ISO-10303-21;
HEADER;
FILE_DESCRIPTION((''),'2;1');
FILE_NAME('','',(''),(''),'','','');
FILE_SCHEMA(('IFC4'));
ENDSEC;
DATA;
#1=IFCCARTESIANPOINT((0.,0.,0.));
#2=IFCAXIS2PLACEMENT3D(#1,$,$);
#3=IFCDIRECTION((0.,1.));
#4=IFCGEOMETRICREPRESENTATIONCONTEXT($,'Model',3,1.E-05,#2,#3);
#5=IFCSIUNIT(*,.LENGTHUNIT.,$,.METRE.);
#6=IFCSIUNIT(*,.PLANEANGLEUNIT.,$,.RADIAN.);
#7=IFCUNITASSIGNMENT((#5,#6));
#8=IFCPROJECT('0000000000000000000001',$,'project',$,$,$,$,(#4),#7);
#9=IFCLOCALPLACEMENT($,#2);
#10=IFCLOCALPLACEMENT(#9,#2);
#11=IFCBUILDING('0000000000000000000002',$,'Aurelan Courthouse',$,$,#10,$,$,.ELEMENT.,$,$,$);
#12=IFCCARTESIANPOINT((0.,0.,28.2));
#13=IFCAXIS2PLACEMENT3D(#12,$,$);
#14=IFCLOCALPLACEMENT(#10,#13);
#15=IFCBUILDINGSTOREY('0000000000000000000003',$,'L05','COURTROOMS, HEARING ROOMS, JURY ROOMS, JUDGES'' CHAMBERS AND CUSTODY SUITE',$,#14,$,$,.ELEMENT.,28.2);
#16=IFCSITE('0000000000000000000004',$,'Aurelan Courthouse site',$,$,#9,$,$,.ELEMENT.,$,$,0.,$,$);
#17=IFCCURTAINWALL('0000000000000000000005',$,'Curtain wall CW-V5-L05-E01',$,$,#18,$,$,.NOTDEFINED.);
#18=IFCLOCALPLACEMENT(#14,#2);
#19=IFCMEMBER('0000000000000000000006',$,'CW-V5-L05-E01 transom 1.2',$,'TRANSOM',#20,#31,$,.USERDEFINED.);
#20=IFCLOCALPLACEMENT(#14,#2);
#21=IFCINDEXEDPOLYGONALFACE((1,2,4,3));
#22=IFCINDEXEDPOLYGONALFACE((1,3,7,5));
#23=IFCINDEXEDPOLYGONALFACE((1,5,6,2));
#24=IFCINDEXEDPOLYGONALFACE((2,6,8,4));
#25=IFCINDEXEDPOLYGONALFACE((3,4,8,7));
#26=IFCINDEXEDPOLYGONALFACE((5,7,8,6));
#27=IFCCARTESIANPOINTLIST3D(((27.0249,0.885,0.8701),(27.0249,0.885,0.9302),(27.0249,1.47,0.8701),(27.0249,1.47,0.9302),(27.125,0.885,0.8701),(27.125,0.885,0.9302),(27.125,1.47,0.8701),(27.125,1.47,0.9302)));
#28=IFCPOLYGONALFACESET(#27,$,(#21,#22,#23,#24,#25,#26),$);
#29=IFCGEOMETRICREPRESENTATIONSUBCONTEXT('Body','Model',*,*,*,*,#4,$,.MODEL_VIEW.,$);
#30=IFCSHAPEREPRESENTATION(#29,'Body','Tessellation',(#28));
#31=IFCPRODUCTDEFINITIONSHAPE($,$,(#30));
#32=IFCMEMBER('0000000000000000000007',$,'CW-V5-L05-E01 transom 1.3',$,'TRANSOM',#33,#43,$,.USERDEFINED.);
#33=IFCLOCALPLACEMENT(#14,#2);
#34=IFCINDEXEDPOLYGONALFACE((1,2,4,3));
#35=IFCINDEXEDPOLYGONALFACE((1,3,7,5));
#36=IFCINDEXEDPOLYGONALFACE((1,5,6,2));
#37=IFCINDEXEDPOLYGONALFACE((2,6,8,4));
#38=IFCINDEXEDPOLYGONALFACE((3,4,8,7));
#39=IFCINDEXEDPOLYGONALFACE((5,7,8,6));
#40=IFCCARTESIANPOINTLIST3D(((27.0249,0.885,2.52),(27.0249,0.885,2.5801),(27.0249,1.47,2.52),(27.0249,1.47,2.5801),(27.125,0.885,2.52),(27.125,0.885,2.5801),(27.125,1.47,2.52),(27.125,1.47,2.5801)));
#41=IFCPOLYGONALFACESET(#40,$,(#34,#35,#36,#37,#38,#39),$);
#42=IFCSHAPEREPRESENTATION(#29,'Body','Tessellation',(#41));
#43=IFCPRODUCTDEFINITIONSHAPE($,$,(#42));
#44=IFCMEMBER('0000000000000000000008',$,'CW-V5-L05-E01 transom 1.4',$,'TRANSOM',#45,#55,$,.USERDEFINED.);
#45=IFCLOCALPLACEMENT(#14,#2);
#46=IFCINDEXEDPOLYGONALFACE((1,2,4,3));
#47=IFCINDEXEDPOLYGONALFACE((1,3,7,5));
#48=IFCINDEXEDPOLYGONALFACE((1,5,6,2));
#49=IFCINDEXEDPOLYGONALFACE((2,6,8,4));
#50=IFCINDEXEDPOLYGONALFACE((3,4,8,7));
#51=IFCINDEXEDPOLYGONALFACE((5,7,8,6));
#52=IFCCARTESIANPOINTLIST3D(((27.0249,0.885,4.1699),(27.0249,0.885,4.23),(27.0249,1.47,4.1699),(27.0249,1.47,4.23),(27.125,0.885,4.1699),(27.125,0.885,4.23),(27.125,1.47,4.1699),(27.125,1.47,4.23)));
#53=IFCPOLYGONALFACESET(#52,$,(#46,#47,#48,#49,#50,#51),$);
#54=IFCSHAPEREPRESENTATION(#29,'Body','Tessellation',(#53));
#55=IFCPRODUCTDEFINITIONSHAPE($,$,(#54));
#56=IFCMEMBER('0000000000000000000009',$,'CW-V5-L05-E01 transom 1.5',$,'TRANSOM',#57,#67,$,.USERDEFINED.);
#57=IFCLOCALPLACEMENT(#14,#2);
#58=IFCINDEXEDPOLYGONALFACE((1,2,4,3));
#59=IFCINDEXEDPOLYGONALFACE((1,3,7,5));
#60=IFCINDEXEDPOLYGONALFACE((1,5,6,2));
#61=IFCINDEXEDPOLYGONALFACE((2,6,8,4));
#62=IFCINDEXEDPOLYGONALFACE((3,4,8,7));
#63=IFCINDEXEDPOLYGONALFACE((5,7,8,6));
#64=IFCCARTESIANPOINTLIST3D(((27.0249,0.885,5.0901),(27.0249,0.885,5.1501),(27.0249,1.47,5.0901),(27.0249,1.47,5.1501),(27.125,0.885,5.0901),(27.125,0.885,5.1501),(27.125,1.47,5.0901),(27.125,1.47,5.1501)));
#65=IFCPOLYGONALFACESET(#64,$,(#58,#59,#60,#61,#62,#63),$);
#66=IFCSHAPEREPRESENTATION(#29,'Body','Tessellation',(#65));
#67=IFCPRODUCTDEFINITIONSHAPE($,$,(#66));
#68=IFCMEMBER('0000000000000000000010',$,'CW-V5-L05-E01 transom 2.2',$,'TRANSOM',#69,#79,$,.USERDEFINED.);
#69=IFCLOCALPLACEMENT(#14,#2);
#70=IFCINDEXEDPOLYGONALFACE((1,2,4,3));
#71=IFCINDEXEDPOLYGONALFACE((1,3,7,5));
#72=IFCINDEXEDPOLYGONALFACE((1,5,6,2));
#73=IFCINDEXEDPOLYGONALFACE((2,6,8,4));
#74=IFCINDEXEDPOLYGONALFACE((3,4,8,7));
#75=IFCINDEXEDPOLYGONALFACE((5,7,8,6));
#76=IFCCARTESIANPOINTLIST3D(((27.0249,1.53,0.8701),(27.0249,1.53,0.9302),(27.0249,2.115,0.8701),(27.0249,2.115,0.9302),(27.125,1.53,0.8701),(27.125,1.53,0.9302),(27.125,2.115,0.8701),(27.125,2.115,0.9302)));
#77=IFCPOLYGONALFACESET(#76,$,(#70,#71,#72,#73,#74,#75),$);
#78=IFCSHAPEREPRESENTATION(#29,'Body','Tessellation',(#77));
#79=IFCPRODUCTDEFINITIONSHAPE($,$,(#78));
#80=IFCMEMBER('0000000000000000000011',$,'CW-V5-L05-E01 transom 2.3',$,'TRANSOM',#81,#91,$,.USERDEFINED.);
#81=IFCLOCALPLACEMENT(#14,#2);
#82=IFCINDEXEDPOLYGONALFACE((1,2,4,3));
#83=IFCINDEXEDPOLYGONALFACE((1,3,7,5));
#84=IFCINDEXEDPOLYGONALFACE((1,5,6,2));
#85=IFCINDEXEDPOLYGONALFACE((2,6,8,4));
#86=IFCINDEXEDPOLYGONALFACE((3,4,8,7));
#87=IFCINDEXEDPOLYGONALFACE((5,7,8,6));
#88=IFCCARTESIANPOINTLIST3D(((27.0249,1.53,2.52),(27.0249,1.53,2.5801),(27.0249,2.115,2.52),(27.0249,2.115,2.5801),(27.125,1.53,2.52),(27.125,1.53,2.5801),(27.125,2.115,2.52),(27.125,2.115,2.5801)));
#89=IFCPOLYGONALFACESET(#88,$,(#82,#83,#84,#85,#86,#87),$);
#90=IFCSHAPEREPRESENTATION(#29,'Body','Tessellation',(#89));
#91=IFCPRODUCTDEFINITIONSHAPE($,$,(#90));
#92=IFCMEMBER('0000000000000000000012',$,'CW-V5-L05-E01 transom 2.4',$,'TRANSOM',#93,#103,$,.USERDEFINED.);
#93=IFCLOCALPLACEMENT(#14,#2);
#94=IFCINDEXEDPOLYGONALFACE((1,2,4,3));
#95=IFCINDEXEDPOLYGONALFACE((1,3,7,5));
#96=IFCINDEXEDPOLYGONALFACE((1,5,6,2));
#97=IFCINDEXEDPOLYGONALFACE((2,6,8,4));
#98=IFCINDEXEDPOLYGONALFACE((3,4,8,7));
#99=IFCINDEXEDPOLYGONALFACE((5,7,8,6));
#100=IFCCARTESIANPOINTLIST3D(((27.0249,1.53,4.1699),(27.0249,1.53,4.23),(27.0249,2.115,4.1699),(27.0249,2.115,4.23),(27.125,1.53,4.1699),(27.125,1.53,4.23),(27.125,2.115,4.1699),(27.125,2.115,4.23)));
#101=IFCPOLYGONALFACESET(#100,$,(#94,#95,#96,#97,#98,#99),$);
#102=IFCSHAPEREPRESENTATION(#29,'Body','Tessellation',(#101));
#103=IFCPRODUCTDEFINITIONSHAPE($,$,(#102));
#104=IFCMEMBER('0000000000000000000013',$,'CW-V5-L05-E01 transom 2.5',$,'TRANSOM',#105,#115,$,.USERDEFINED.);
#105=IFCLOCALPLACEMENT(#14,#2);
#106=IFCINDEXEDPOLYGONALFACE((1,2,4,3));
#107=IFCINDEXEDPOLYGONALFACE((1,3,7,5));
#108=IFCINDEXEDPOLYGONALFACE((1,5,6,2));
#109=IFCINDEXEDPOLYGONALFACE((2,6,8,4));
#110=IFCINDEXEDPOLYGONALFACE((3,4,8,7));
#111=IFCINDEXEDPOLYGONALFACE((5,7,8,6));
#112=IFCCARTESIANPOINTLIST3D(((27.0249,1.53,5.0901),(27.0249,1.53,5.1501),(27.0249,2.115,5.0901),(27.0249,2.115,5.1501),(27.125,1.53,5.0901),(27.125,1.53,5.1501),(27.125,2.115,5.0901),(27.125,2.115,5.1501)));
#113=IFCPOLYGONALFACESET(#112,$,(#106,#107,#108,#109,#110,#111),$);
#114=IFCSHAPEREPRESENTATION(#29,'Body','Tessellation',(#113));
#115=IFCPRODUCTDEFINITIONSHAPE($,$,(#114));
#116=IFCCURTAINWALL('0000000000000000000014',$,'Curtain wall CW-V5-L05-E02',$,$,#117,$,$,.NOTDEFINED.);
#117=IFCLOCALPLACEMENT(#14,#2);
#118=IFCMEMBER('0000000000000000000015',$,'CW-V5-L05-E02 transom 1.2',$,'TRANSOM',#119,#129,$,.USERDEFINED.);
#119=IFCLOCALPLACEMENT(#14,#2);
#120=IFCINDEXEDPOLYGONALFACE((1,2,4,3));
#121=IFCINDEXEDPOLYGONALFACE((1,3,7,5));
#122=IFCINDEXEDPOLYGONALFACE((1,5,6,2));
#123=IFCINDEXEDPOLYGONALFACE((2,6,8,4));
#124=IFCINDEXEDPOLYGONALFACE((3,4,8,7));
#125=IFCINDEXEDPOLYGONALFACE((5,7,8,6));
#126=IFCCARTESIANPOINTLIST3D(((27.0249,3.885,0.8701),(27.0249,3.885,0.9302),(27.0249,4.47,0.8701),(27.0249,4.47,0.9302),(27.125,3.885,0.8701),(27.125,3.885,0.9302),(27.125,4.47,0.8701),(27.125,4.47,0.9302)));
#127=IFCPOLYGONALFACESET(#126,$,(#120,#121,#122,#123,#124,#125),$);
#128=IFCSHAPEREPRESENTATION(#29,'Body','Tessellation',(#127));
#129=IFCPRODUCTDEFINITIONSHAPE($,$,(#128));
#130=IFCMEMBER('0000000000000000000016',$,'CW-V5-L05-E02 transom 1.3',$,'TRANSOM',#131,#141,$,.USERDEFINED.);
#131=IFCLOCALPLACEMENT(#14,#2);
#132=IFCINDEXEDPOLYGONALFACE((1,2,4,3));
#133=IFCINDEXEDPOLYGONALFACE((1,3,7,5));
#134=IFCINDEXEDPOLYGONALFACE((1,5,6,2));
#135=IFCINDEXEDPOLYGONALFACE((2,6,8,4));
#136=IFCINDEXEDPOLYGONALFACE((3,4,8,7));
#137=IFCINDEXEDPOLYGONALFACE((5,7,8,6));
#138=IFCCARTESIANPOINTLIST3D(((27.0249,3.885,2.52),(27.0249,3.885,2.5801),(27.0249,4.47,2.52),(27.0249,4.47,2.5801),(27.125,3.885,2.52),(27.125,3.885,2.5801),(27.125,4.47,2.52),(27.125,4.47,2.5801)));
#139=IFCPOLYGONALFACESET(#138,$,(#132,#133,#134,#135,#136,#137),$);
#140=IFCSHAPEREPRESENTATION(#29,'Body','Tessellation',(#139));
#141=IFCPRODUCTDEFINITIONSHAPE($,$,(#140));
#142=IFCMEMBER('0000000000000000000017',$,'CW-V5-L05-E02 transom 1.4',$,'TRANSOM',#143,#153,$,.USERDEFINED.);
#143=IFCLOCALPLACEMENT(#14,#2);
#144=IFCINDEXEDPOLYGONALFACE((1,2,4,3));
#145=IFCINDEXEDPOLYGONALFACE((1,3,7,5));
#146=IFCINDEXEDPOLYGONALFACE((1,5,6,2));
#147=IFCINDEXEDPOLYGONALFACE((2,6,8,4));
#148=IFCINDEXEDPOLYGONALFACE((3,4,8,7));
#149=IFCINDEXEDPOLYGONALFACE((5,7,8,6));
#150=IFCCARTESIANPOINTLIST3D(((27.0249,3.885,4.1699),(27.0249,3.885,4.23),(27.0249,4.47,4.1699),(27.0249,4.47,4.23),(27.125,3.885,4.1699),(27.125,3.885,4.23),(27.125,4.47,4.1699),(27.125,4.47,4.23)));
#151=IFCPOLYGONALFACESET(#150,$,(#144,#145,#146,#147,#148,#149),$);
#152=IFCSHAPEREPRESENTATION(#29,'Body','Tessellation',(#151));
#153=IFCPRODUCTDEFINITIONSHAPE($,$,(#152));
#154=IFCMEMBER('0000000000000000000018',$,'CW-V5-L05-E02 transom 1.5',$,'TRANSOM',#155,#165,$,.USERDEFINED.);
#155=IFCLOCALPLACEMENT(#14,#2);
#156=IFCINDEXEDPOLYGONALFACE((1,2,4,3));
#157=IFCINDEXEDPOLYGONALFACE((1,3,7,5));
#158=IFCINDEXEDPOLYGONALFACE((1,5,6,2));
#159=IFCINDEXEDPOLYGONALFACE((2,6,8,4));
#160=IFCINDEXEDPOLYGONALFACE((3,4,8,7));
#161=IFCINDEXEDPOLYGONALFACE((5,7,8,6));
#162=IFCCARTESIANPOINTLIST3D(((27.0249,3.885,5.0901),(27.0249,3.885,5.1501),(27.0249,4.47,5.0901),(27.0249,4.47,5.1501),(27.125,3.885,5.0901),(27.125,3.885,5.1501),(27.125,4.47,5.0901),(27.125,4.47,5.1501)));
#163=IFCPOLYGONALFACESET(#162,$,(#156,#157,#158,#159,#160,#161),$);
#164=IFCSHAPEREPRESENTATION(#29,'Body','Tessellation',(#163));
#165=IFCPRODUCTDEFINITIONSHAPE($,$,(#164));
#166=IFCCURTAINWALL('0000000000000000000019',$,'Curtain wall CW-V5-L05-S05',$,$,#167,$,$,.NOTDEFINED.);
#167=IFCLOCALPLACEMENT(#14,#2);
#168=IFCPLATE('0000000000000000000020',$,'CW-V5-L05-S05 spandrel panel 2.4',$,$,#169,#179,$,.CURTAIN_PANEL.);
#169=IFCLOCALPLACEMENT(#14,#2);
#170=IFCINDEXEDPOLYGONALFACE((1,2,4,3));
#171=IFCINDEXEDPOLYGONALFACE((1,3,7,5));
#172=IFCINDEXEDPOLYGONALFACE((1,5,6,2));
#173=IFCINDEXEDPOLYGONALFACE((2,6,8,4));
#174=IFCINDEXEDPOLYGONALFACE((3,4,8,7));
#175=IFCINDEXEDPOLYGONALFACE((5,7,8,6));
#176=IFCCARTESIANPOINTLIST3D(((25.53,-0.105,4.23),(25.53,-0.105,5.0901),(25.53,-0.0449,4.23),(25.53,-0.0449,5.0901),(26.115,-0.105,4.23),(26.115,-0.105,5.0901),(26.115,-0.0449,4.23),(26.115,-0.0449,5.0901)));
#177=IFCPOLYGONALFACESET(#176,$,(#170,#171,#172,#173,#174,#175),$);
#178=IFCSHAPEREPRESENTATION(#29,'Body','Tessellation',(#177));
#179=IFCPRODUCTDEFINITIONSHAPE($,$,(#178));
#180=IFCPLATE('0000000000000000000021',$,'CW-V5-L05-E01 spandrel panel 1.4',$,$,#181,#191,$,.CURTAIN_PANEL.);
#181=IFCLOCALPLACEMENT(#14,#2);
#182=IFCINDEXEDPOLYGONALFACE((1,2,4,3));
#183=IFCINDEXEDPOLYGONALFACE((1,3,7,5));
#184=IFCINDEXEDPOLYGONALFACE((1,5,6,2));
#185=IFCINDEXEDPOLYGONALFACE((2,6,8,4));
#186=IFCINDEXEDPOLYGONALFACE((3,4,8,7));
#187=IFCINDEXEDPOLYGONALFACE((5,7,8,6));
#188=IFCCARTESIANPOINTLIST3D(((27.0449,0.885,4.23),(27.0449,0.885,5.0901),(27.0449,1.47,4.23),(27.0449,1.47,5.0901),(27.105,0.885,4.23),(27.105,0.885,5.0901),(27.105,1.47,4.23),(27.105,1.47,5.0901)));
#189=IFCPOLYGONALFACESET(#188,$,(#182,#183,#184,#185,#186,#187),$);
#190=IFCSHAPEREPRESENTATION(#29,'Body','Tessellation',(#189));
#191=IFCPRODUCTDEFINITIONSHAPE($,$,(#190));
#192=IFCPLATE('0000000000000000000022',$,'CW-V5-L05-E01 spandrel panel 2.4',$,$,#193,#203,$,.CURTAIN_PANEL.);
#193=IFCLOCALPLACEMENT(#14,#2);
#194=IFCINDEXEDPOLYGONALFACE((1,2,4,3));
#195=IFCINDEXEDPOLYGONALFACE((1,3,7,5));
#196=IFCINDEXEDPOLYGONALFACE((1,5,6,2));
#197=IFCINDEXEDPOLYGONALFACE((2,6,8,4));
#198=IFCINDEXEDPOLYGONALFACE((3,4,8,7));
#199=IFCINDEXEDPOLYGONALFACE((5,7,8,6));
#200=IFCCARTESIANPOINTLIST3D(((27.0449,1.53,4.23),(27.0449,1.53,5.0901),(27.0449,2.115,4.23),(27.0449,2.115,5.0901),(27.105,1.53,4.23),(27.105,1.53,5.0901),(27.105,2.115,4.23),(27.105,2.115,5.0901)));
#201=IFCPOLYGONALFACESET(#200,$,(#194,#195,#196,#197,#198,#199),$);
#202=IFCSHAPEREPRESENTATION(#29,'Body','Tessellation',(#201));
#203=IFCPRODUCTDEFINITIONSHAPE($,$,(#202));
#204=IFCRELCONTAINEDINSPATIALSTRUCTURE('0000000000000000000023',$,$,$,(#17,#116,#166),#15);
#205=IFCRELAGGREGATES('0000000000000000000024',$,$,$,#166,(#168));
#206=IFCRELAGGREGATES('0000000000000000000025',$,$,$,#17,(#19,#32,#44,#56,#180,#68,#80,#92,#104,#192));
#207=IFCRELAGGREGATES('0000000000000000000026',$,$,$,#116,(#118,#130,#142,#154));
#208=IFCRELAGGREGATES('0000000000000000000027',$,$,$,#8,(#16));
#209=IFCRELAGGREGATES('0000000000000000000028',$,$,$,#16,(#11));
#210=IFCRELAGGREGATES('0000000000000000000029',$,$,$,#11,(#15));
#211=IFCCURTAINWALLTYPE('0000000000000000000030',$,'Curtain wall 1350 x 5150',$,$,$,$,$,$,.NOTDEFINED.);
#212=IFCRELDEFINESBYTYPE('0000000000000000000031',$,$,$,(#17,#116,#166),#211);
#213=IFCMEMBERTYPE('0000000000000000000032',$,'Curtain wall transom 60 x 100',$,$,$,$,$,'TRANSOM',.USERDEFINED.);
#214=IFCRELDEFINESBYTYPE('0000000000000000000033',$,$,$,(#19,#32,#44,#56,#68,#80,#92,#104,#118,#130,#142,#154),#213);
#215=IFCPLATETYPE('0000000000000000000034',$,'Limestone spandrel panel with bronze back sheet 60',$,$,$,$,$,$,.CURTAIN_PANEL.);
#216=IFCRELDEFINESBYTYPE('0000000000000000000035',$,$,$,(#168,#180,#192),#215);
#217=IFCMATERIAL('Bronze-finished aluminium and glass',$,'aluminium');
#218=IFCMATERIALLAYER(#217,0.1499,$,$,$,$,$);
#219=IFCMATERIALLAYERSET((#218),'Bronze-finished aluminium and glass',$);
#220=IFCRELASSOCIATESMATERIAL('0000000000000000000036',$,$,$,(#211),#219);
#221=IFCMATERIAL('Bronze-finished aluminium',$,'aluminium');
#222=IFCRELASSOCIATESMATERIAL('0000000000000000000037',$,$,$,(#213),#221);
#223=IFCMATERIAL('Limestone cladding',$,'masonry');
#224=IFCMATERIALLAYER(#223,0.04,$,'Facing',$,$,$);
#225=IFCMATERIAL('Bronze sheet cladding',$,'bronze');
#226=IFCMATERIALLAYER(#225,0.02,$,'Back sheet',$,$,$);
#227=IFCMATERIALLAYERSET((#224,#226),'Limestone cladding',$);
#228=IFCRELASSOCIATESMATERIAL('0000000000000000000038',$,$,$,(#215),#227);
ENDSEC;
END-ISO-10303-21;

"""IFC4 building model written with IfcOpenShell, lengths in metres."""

from ifc_helpers import new_model, si_unit, direction, frame, origin, origin_2d, place, context, subcontext, project, spatial, rectangle, extrude, material, layer, layer_set, material_profile, profile_set, type_object, element, aggregate, save


model = new_model("IFC4")

# Units and contexts
model_context = context("Model", 3, precision=1e-05, world=origin(), true_north=direction((0.0, 1.0)))
body_context = subcontext(model_context, "Body", "Model", "MODEL_VIEW")
ifc_project = project(units=[si_unit("LENGTHUNIT", "METRE"), si_unit("PLANEANGLEUNIT", "RADIAN")], contexts=[model_context])

# Site, building, storey
site_placement = place(None, origin())
site = spatial("IfcSite", under=ifc_project, at=site_placement, Name="Aurelan Courthouse site", CompositionType="ELEMENT", RefElevation=0.0)
building_placement = place(site_placement, origin())
building = spatial("IfcBuilding", under=site, at=building_placement, Name="Aurelan Courthouse", CompositionType="ELEMENT")
storey_placement = place(building_placement, frame((0.0, 0.0, 28.2)))
storey = spatial("IfcBuildingStorey", under=building, at=storey_placement, Name="L05", Description="COURTROOMS, HEARING ROOMS, JURY ROOMS, JUDGES' CHAMBERS AND CUSTODY SUITE", CompositionType="ELEMENT", Elevation=28.2)

# Curtain walls, members
ifc_material_1 = material(Name="Bronze-finished aluminium and glass", Category="aluminium")
ifc_layer_1 = layer(ifc_material_1, 0.1499)
ifc_layer_set_1 = layer_set([ifc_layer_1], Name="Bronze-finished aluminium and glass")
curtain_wall_type = type_object("IfcCurtainWallType", Name="Curtain wall 1350 x 5150", PredefinedType="NOTDEFINED", material=ifc_layer_set_1)
curtain_wall_1_placement = place(storey_placement, origin())
curtain_wall_1 = element("IfcCurtainWall", 1, at=curtain_wall_1_placement, inside=storey, type_object=curtain_wall_type, Name="Curtain wall CW-V5-L05-E01", PredefinedType="NOTDEFINED")
ifc_material_2 = material(Name="Bronze-finished aluminium", Category="aluminium")
ifc_material_profile = material_profile(ifc_material_2, rectangle(XDim=0.1001, YDim=0.0601, at=origin_2d()), Name="Bronze transom 60 x 100")
ifc_profile_set = profile_set([ifc_material_profile], Name="Bronze-finished aluminium")
member_type = type_object("IfcMemberType", Name="Curtain wall transom 60 x 100", ElementType="TRANSOM", PredefinedType="USERDEFINED", material=ifc_profile_set)
member_1_placement = place(storey_placement, frame((27.075, 0.885, 0.9001), z_axis=(0.0, 1.0, 0.0), x_axis=(-1.0, 0.0, 0.0)))
member_1 = element("IfcMember", 2, at=member_1_placement, type_object=member_type, Name="CW-V5-L05-E01 transom 1.2", ObjectType="TRANSOM", PredefinedType="USERDEFINED", context=body_context, shape_type="SweptSolid", body=[
    extrude(rectangle(XDim=0.1001, YDim=0.0601, at=origin_2d()), origin(), (0.0, 0.0, 1.0), 0.585),
])
member_2_placement = place(storey_placement, frame((27.075, 0.885, 2.55), z_axis=(0.0, 1.0, 0.0), x_axis=(-1.0, 0.0, 0.0)))
member_2 = element("IfcMember", 3, at=member_2_placement, type_object=member_type, Name="CW-V5-L05-E01 transom 1.3", ObjectType="TRANSOM", PredefinedType="USERDEFINED", context=body_context, shape_type="SweptSolid", body=[
    extrude(rectangle(XDim=0.1001, YDim=0.0601, at=origin_2d()), origin(), (0.0, 0.0, 1.0), 0.585),
])
member_3_placement = place(storey_placement, frame((27.075, 0.885, 4.2), z_axis=(0.0, 1.0, 0.0), x_axis=(-1.0, 0.0, 0.0)))
member_3 = element("IfcMember", 4, at=member_3_placement, type_object=member_type, Name="CW-V5-L05-E01 transom 1.4", ObjectType="TRANSOM", PredefinedType="USERDEFINED", context=body_context, shape_type="SweptSolid", body=[
    extrude(rectangle(XDim=0.1001, YDim=0.0601, at=origin_2d()), origin(), (0.0, 0.0, 1.0), 0.585),
])
member_4_placement = place(storey_placement, frame((27.075, 0.885, 5.1201), z_axis=(0.0, 1.0, 0.0), x_axis=(-1.0, 0.0, 0.0)))
member_4 = element("IfcMember", 5, at=member_4_placement, type_object=member_type, Name="CW-V5-L05-E01 transom 1.5", ObjectType="TRANSOM", PredefinedType="USERDEFINED", context=body_context, shape_type="SweptSolid", body=[
    extrude(rectangle(XDim=0.1001, YDim=0.0601, at=origin_2d()), origin(), (0.0, 0.0, 1.0), 0.585),
])
member_5_placement = place(storey_placement, frame((27.075, 1.53, 0.9001), z_axis=(0.0, 1.0, 0.0), x_axis=(-1.0, 0.0, 0.0)))
member_5 = element("IfcMember", 6, at=member_5_placement, type_object=member_type, Name="CW-V5-L05-E01 transom 2.2", ObjectType="TRANSOM", PredefinedType="USERDEFINED", context=body_context, shape_type="SweptSolid", body=[
    extrude(rectangle(XDim=0.1001, YDim=0.0601, at=origin_2d()), origin(), (0.0, 0.0, 1.0), 0.585),
])
member_6_placement = place(storey_placement, frame((27.075, 1.53, 2.55), z_axis=(0.0, 1.0, 0.0), x_axis=(-1.0, 0.0, 0.0)))
member_6 = element("IfcMember", 7, at=member_6_placement, type_object=member_type, Name="CW-V5-L05-E01 transom 2.3", ObjectType="TRANSOM", PredefinedType="USERDEFINED", context=body_context, shape_type="SweptSolid", body=[
    extrude(rectangle(XDim=0.1001, YDim=0.0601, at=origin_2d()), origin(), (0.0, 0.0, 1.0), 0.585),
])
member_7_placement = place(storey_placement, frame((27.075, 1.53, 4.2), z_axis=(0.0, 1.0, 0.0), x_axis=(-1.0, 0.0, 0.0)))
member_7 = element("IfcMember", 8, at=member_7_placement, type_object=member_type, Name="CW-V5-L05-E01 transom 2.4", ObjectType="TRANSOM", PredefinedType="USERDEFINED", context=body_context, shape_type="SweptSolid", body=[
    extrude(rectangle(XDim=0.1001, YDim=0.0601, at=origin_2d()), origin(), (0.0, 0.0, 1.0), 0.585),
])
member_8_placement = place(storey_placement, frame((27.075, 1.53, 5.1201), z_axis=(0.0, 1.0, 0.0), x_axis=(-1.0, 0.0, 0.0)))
member_8 = element("IfcMember", 9, at=member_8_placement, type_object=member_type, Name="CW-V5-L05-E01 transom 2.5", ObjectType="TRANSOM", PredefinedType="USERDEFINED", context=body_context, shape_type="SweptSolid", body=[
    extrude(rectangle(XDim=0.1001, YDim=0.0601, at=origin_2d()), origin(), (0.0, 0.0, 1.0), 0.585),
])
curtain_wall_2_placement = place(storey_placement, origin())
curtain_wall_2 = element("IfcCurtainWall", 10, at=curtain_wall_2_placement, inside=storey, type_object=curtain_wall_type, Name="Curtain wall CW-V5-L05-E02", PredefinedType="NOTDEFINED")
member_9_placement = place(storey_placement, frame((27.075, 3.885, 0.9001), z_axis=(0.0, 1.0, 0.0), x_axis=(-1.0, 0.0, 0.0)))
member_9 = element("IfcMember", 11, at=member_9_placement, type_object=member_type, Name="CW-V5-L05-E02 transom 1.2", ObjectType="TRANSOM", PredefinedType="USERDEFINED", context=body_context, shape_type="SweptSolid", body=[
    extrude(rectangle(XDim=0.1001, YDim=0.0601, at=origin_2d()), origin(), (0.0, 0.0, 1.0), 0.585),
])
member_10_placement = place(storey_placement, frame((27.075, 3.885, 2.55), z_axis=(0.0, 1.0, 0.0), x_axis=(-1.0, 0.0, 0.0)))
member_10 = element("IfcMember", 12, at=member_10_placement, type_object=member_type, Name="CW-V5-L05-E02 transom 1.3", ObjectType="TRANSOM", PredefinedType="USERDEFINED", context=body_context, shape_type="SweptSolid", body=[
    extrude(rectangle(XDim=0.1001, YDim=0.0601, at=origin_2d()), origin(), (0.0, 0.0, 1.0), 0.585),
])
member_11_placement = place(storey_placement, frame((27.075, 3.885, 4.2), z_axis=(0.0, 1.0, 0.0), x_axis=(-1.0, 0.0, 0.0)))
member_11 = element("IfcMember", 13, at=member_11_placement, type_object=member_type, Name="CW-V5-L05-E02 transom 1.4", ObjectType="TRANSOM", PredefinedType="USERDEFINED", context=body_context, shape_type="SweptSolid", body=[
    extrude(rectangle(XDim=0.1001, YDim=0.0601, at=origin_2d()), origin(), (0.0, 0.0, 1.0), 0.585),
])
member_12_placement = place(storey_placement, frame((27.075, 3.885, 5.1201), z_axis=(0.0, 1.0, 0.0), x_axis=(-1.0, 0.0, 0.0)))
member_12 = element("IfcMember", 14, at=member_12_placement, type_object=member_type, Name="CW-V5-L05-E02 transom 1.5", ObjectType="TRANSOM", PredefinedType="USERDEFINED", context=body_context, shape_type="SweptSolid", body=[
    extrude(rectangle(XDim=0.1001, YDim=0.0601, at=origin_2d()), origin(), (0.0, 0.0, 1.0), 0.585),
])

# Curtain wall, plate
curtain_wall_3_placement = place(storey_placement, origin())
curtain_wall_3 = element("IfcCurtainWall", 15, at=curtain_wall_3_placement, inside=storey, type_object=curtain_wall_type, Name="Curtain wall CW-V5-L05-S05", PredefinedType="NOTDEFINED")
ifc_material_3 = material(Name="Limestone cladding", Category="masonry")
ifc_layer_2 = layer(ifc_material_3, 0.04, Name="Facing")
ifc_material_4 = material(Name="Bronze sheet cladding", Category="bronze")
ifc_layer_3 = layer(ifc_material_4, 0.02, Name="Back sheet")
ifc_layer_set_2 = layer_set([ifc_layer_2, ifc_layer_3], Name="Limestone cladding")
plate_type_1 = type_object("IfcPlateType", Name="Limestone spandrel panel with bronze back sheet 60", PredefinedType="CURTAIN_PANEL", material=ifc_layer_set_2)
plate_1_placement = place(storey_placement, frame((25.8225, -0.075, 4.23), z_axis=(0.0, 0.0, 1.0), x_axis=(1.0, 0.0, 0.0)))
plate_1 = element("IfcPlate", 16, at=plate_1_placement, type_object=plate_type_1, Name="CW-V5-L05-S05 spandrel panel 2.4", PredefinedType="CURTAIN_PANEL", context=body_context, shape_type="SweptSolid", body=[
    extrude(rectangle(XDim=0.585, YDim=0.0601, at=origin_2d()), origin(), (0.0, 0.0, 1.0), 0.8601),
])
aggregate(curtain_wall_3, [plate_1])

# Plates
plate_2_placement = place(storey_placement, frame((27.075, 1.1775, 4.23), z_axis=(0.0, 0.0, 1.0), x_axis=(0.0, 1.0, 0.0)))
plate_2 = element("IfcPlate", 17, at=plate_2_placement, type_object=plate_type_1, Name="CW-V5-L05-E01 spandrel panel 1.4", PredefinedType="CURTAIN_PANEL", context=body_context, shape_type="SweptSolid", body=[
    extrude(rectangle(XDim=0.585, YDim=0.0601, at=origin_2d()), origin(), (0.0, 0.0, 1.0), 0.8601),
])
plate_3_placement = place(storey_placement, frame((27.075, 1.8225, 4.23), z_axis=(0.0, 0.0, 1.0), x_axis=(0.0, 1.0, 0.0)))
plate_3 = element("IfcPlate", 18, at=plate_3_placement, type_object=plate_type_1, Name="CW-V5-L05-E01 spandrel panel 2.4", PredefinedType="CURTAIN_PANEL", context=body_context, shape_type="SweptSolid", body=[
    extrude(rectangle(XDim=0.585, YDim=0.0601, at=origin_2d()), origin(), (0.0, 0.0, 1.0), 0.8601),
])
aggregate(curtain_wall_1, [member_1, member_2, member_3, member_4, plate_2, member_5, member_6, member_7, member_8, plate_3])
aggregate(curtain_wall_2, [member_9, member_10, member_11, member_12])

save(model, "model.ifc")
